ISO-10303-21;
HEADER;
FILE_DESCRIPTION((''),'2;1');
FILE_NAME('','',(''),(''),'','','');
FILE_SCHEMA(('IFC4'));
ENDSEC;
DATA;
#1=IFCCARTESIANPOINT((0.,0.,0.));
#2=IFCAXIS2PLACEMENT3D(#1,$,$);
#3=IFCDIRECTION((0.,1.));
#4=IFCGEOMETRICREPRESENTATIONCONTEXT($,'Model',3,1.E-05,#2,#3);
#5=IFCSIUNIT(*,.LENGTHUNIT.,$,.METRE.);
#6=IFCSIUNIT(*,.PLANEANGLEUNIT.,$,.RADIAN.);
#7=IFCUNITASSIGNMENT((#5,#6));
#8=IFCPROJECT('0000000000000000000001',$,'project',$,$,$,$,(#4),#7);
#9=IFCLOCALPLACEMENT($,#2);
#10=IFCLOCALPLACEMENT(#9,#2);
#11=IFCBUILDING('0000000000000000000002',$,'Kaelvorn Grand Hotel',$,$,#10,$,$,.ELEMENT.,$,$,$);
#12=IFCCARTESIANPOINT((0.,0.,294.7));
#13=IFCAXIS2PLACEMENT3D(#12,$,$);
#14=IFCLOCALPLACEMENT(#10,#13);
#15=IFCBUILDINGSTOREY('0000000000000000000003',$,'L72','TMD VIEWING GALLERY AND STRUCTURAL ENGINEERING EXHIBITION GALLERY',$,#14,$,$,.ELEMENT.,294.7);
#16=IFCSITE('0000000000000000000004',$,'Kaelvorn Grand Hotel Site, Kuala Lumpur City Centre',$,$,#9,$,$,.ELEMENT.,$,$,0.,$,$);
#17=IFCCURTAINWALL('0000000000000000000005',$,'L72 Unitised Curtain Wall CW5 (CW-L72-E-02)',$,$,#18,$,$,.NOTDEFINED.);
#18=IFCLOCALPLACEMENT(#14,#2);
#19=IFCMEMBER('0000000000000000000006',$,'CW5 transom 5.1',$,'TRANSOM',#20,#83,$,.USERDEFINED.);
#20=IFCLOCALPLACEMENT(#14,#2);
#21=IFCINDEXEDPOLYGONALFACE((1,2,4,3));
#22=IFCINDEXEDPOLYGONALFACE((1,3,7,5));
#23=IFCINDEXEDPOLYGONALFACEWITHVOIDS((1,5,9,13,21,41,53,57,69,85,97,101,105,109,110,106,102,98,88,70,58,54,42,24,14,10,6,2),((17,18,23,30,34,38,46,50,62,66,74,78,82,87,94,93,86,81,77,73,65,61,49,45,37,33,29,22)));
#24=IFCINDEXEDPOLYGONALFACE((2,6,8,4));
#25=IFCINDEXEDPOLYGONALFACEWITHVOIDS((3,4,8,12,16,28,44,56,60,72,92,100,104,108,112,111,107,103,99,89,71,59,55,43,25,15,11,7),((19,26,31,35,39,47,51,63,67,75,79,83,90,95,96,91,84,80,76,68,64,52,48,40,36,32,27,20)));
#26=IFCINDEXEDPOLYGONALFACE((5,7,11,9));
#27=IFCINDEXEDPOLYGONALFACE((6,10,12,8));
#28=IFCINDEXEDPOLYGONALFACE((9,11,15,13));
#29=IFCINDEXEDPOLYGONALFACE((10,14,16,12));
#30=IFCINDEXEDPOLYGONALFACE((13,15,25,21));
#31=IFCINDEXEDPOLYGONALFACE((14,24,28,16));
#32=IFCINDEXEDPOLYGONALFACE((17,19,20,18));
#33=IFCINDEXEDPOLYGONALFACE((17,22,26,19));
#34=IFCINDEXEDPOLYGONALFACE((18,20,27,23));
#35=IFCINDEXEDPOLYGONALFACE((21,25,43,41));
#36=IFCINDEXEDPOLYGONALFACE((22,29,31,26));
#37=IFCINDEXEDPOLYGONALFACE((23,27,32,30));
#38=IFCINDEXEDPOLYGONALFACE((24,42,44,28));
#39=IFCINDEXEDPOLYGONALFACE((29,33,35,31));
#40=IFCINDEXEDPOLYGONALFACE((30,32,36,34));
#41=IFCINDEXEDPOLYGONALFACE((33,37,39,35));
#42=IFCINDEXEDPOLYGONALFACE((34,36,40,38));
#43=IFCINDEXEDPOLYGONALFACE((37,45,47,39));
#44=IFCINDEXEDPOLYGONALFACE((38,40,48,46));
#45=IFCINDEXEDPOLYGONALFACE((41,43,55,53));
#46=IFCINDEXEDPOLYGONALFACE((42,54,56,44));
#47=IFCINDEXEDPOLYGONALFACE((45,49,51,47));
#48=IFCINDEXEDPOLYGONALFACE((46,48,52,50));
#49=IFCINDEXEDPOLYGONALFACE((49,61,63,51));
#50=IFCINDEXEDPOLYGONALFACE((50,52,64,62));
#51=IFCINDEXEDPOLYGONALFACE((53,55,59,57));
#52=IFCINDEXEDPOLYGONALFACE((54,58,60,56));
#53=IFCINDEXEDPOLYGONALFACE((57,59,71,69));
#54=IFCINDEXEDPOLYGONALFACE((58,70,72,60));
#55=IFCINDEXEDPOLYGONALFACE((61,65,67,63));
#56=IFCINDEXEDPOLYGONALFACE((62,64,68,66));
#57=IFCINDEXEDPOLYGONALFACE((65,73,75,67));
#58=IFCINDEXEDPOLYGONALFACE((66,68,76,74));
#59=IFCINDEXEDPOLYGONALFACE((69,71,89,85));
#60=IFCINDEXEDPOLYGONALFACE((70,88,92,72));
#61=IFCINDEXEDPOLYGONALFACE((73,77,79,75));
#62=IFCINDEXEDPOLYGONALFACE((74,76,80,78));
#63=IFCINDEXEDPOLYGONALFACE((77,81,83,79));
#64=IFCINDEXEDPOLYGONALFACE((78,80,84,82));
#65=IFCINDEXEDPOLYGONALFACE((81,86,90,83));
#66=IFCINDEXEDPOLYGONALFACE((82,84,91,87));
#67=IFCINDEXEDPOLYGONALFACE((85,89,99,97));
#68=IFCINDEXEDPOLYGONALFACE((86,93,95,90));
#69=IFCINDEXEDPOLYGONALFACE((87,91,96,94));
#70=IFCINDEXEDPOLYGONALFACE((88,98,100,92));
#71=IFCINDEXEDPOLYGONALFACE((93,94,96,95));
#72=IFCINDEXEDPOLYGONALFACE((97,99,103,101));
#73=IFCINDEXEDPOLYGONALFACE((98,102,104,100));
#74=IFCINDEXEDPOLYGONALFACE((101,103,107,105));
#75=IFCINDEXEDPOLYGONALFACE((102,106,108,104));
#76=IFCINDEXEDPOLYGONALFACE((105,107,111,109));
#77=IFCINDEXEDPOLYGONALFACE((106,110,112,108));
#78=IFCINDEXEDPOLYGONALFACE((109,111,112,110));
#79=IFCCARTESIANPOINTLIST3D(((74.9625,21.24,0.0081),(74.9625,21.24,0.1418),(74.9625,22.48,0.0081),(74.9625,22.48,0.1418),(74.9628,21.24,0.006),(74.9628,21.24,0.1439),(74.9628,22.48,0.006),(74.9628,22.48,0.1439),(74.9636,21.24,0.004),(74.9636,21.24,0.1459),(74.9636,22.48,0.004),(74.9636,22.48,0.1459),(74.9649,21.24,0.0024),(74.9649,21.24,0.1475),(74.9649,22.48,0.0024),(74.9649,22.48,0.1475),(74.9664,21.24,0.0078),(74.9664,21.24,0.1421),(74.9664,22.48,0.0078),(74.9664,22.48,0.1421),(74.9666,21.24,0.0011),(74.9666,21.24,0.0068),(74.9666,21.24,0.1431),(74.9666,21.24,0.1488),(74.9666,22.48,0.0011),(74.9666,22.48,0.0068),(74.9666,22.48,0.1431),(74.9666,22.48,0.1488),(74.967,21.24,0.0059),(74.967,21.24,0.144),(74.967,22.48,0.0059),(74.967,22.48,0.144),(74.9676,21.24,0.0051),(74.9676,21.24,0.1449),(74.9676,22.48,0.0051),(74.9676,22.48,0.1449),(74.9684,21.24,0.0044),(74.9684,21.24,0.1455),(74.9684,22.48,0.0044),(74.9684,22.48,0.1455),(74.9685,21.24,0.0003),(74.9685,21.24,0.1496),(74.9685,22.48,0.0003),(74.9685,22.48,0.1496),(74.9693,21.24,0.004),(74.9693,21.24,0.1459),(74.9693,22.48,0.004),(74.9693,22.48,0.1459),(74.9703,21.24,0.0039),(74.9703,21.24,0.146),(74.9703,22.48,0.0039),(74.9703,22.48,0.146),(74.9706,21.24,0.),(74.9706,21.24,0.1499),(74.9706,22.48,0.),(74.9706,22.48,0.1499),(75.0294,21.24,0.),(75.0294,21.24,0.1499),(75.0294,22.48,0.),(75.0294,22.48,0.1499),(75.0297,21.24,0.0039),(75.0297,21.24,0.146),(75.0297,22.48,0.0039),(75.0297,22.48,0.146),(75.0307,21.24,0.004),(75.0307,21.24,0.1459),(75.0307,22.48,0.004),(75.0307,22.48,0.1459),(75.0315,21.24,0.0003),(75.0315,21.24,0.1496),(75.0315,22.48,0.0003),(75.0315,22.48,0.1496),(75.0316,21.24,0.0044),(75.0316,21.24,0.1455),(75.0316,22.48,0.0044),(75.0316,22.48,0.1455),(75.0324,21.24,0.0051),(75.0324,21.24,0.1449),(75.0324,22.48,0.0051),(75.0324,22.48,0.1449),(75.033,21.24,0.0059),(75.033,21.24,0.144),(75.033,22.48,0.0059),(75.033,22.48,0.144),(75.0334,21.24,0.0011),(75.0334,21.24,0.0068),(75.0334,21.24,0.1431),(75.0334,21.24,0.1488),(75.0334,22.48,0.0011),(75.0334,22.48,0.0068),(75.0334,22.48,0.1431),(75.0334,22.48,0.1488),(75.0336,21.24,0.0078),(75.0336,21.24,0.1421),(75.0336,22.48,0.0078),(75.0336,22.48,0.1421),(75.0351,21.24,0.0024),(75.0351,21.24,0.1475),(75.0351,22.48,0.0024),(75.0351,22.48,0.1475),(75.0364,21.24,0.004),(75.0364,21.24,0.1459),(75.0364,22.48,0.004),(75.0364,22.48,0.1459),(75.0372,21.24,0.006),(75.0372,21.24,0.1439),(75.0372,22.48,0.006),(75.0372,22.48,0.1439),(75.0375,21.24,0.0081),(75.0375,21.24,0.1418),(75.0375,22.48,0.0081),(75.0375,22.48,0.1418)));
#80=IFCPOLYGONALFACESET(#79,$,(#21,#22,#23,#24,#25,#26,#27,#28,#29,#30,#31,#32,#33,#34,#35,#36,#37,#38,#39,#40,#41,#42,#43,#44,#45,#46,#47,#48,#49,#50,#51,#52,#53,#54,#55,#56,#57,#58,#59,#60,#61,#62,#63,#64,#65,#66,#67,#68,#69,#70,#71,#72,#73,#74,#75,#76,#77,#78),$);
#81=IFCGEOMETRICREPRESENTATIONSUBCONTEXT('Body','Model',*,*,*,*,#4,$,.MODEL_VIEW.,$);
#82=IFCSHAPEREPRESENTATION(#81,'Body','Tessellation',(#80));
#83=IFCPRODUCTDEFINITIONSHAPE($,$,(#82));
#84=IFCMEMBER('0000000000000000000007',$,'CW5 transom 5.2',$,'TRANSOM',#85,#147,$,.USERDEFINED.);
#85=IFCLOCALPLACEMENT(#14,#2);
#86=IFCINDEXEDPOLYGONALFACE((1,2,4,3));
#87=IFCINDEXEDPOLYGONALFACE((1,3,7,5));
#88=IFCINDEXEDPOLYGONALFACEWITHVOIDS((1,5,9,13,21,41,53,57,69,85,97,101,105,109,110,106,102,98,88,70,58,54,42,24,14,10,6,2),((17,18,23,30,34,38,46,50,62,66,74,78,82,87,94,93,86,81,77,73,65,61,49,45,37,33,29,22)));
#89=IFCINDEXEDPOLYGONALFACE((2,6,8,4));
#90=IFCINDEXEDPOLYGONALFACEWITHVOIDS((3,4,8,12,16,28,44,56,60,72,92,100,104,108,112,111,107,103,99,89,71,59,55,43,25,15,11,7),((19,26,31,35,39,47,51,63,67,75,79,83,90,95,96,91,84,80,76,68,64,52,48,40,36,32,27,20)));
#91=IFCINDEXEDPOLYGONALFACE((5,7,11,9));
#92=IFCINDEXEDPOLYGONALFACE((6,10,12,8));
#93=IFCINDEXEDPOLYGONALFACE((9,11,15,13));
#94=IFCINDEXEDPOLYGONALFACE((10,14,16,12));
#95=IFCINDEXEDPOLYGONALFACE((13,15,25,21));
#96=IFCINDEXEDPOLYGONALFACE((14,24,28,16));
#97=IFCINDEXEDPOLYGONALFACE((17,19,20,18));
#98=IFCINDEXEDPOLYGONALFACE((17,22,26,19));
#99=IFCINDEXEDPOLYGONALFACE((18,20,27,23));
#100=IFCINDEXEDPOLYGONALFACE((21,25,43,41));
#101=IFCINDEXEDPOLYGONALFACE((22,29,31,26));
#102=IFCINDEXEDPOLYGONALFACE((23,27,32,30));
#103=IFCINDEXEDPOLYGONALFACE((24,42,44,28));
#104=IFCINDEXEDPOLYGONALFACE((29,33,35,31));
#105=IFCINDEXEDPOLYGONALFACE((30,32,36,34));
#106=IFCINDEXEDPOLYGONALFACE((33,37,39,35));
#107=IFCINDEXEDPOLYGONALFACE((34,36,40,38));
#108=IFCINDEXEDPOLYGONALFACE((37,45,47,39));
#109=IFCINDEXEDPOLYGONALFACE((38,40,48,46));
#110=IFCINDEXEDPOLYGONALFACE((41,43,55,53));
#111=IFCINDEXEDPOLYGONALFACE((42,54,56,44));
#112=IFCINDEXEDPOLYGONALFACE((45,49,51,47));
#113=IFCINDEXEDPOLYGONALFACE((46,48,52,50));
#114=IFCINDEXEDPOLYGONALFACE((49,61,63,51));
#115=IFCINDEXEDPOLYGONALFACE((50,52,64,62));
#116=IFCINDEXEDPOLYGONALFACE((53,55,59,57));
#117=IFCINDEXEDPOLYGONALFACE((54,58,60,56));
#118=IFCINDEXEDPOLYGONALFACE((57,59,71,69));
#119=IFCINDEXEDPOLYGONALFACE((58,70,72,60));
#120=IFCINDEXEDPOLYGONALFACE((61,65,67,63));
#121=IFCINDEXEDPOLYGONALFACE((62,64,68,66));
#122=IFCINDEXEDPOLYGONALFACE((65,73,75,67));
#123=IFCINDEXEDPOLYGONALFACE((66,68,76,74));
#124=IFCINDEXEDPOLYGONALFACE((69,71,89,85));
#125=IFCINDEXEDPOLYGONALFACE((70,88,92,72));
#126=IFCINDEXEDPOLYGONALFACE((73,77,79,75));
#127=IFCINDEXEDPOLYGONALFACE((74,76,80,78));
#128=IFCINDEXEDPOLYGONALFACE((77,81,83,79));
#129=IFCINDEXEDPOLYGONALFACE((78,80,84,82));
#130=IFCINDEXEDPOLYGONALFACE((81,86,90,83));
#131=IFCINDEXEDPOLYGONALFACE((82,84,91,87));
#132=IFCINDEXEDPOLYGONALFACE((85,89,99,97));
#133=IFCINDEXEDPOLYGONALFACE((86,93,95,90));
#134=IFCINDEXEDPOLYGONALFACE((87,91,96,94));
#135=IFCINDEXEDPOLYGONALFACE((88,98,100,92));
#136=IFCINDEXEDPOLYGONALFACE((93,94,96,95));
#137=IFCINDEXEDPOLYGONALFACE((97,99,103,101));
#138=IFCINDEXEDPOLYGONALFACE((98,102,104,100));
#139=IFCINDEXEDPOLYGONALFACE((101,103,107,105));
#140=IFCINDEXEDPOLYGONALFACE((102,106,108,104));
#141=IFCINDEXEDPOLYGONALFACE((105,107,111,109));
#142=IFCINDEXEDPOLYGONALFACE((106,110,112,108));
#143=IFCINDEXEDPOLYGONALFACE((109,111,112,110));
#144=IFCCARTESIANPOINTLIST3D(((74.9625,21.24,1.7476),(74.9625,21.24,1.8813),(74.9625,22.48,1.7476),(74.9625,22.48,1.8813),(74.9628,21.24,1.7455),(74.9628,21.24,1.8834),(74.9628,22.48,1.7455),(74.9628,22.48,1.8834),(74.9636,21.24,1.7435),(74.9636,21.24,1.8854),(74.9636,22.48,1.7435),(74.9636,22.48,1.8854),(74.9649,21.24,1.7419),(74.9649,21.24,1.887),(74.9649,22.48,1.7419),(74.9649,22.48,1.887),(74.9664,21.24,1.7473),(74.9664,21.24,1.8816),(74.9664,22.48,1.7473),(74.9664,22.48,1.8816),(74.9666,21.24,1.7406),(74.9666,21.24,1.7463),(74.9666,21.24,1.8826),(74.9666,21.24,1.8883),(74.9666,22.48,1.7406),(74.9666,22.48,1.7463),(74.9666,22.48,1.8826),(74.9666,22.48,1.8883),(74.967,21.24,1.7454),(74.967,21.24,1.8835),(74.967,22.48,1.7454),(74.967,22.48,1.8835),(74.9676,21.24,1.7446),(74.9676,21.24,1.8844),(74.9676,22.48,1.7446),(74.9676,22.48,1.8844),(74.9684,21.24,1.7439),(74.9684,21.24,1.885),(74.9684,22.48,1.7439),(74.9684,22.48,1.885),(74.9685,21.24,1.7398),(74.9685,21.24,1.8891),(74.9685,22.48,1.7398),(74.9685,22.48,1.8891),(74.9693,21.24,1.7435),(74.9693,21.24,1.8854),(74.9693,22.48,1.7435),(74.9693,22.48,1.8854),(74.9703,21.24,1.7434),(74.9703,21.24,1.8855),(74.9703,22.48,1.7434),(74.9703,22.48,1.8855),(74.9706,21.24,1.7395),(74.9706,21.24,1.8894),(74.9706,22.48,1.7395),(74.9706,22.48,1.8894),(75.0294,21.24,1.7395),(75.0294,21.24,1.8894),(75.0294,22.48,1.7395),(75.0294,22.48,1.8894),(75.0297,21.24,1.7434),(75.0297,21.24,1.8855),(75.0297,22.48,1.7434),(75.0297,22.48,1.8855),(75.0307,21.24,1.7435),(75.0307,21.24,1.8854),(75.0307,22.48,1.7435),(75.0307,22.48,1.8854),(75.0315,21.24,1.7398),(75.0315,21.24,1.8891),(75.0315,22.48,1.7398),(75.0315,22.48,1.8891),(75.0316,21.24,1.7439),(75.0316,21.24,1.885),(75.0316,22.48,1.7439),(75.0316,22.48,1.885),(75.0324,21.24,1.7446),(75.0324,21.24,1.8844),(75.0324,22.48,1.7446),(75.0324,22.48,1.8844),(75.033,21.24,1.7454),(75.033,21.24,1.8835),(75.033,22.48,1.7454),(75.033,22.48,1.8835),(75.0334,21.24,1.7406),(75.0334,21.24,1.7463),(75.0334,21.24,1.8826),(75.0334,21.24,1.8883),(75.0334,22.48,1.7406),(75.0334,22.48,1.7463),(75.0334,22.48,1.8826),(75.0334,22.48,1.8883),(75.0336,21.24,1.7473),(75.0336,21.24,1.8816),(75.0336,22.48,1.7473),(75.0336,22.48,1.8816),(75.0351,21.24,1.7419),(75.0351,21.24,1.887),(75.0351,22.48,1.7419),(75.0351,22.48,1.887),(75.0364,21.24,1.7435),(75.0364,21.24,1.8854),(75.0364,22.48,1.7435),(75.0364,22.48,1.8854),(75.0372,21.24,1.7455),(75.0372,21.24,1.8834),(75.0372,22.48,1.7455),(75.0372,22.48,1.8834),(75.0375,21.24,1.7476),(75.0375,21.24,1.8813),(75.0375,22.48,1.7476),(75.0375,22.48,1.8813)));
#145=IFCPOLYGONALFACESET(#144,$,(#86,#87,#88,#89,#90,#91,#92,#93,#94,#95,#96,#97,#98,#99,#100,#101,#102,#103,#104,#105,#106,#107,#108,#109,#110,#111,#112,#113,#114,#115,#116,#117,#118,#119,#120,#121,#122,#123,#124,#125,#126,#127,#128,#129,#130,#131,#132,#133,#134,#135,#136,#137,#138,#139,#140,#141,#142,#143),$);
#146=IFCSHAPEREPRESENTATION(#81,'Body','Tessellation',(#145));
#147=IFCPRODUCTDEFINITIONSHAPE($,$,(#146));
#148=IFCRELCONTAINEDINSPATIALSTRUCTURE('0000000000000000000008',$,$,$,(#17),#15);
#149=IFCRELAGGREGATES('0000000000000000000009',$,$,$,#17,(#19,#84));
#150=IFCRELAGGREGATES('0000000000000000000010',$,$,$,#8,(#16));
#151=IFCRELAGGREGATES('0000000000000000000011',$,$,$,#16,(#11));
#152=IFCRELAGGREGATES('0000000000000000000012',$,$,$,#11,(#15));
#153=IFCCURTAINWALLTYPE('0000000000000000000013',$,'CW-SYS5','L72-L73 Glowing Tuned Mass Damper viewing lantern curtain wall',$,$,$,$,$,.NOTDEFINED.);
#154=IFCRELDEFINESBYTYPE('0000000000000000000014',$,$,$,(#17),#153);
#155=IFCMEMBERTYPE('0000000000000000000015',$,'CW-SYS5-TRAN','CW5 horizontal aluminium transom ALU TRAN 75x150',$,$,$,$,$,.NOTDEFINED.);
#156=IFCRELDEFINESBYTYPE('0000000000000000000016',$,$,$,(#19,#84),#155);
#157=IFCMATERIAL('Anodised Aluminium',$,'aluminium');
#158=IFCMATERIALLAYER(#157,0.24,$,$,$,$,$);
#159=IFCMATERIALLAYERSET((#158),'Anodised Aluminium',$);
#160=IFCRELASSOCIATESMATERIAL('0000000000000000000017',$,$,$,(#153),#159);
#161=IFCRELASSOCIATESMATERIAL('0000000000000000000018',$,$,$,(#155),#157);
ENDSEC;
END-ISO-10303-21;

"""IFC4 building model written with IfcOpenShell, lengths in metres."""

from ifc_helpers import new_model, si_unit, direction, frame, origin, origin_2d, place, context, subcontext, project, spatial, hollow_rectangle, extrude, material, layer, layer_set, material_profile, profile_set, type_object, element, aggregate, save


model = new_model("IFC4")

# Units and contexts
model_context = context("Model", 3, precision=1e-05, world=origin(), true_north=direction((0.0, 1.0)))
body_context = subcontext(model_context, "Body", "Model", "MODEL_VIEW")
ifc_project = project(units=[si_unit("LENGTHUNIT", "METRE"), si_unit("PLANEANGLEUNIT", "RADIAN")], contexts=[model_context])

# Site, building, storey
site_placement = place(None, origin())
site = spatial("IfcSite", under=ifc_project, at=site_placement, Name="Kaelvorn Grand Hotel Site, Kuala Lumpur City Centre", CompositionType="ELEMENT", RefElevation=0.0)
building_placement = place(site_placement, origin())
building = spatial("IfcBuilding", under=site, at=building_placement, Name="Kaelvorn Grand Hotel", CompositionType="ELEMENT")
storey_placement = place(building_placement, frame((0.0, 0.0, 294.7)))
storey = spatial("IfcBuildingStorey", under=building, at=storey_placement, Name="L72", Description="TMD VIEWING GALLERY AND STRUCTURAL ENGINEERING EXHIBITION GALLERY", CompositionType="ELEMENT", Elevation=294.7)

# Curtain wall, members
ifc_material_1 = material(Name="Anodised Aluminium", Category="aluminium")
ifc_layer_1 = layer(ifc_material_1, 0.24)
ifc_layer_set_1 = layer_set([ifc_layer_1], Name="Anodised Aluminium")
curtain_wall_type = type_object("IfcCurtainWallType", Name="CW-SYS5", Description="L72-L73 Glowing Tuned Mass Damper viewing lantern curtain wall", PredefinedType="NOTDEFINED", material=ifc_layer_set_1)
curtain_wall_placement = place(storey_placement, origin())
curtain_wall = element("IfcCurtainWall", 1, at=curtain_wall_placement, inside=storey, type_object=curtain_wall_type, Name="L72 Unitised Curtain Wall CW5 (CW-L72-E-02)", PredefinedType="NOTDEFINED")
ifc_material_profile_1 = material_profile(ifc_material_1, hollow_rectangle(XDim=0.075, YDim=0.1499, WallThickness=0.0039, InnerFilletRadius=0.0039, OuterFilletRadius=0.0081, at=origin_2d()), Name="ALU TRAN 75x150")
ifc_profile_set_1 = profile_set([ifc_material_profile_1], Name="Anodised Aluminium")
member_type_1 = type_object("IfcMemberType", Name="CW-SYS5-TRAN", Description="CW5 horizontal aluminium transom ALU TRAN 75x150", PredefinedType="NOTDEFINED", material=ifc_profile_set_1)
member_1_placement = place(storey_placement, frame((75.0, 21.24, 0.075), z_axis=(0.0, 1.0, 0.0), x_axis=(-1.0, 0.0, 0.0)))
member_1 = element("IfcMember", 2, at=member_1_placement, type_object=member_type_1, Name="CW5 transom 5.1", ObjectType="TRANSOM", PredefinedType="USERDEFINED", context=body_context, shape_type="SweptSolid", body=[
    extrude(hollow_rectangle(XDim=0.075, YDim=0.1499, WallThickness=0.0039, InnerFilletRadius=0.0039, OuterFilletRadius=0.0081, at=origin_2d()), origin(), (0.0, 0.0, 1.0), 1.24),
])
member_2_placement = place(storey_placement, frame((75.0, 21.24, 1.8145), z_axis=(0.0, 1.0, 0.0), x_axis=(-1.0, 0.0, 0.0)))
member_2 = element("IfcMember", 3, at=member_2_placement, type_object=member_type_1, Name="CW5 transom 5.2", ObjectType="TRANSOM", PredefinedType="USERDEFINED", context=body_context, shape_type="SweptSolid", body=[
    extrude(hollow_rectangle(XDim=0.075, YDim=0.1499, WallThickness=0.0039, InnerFilletRadius=0.0039, OuterFilletRadius=0.0081, at=origin_2d()), origin(), (0.0, 0.0, 1.0), 1.24),
])
aggregate(curtain_wall, [member_1, member_2])

save(model, "model.ifc")
